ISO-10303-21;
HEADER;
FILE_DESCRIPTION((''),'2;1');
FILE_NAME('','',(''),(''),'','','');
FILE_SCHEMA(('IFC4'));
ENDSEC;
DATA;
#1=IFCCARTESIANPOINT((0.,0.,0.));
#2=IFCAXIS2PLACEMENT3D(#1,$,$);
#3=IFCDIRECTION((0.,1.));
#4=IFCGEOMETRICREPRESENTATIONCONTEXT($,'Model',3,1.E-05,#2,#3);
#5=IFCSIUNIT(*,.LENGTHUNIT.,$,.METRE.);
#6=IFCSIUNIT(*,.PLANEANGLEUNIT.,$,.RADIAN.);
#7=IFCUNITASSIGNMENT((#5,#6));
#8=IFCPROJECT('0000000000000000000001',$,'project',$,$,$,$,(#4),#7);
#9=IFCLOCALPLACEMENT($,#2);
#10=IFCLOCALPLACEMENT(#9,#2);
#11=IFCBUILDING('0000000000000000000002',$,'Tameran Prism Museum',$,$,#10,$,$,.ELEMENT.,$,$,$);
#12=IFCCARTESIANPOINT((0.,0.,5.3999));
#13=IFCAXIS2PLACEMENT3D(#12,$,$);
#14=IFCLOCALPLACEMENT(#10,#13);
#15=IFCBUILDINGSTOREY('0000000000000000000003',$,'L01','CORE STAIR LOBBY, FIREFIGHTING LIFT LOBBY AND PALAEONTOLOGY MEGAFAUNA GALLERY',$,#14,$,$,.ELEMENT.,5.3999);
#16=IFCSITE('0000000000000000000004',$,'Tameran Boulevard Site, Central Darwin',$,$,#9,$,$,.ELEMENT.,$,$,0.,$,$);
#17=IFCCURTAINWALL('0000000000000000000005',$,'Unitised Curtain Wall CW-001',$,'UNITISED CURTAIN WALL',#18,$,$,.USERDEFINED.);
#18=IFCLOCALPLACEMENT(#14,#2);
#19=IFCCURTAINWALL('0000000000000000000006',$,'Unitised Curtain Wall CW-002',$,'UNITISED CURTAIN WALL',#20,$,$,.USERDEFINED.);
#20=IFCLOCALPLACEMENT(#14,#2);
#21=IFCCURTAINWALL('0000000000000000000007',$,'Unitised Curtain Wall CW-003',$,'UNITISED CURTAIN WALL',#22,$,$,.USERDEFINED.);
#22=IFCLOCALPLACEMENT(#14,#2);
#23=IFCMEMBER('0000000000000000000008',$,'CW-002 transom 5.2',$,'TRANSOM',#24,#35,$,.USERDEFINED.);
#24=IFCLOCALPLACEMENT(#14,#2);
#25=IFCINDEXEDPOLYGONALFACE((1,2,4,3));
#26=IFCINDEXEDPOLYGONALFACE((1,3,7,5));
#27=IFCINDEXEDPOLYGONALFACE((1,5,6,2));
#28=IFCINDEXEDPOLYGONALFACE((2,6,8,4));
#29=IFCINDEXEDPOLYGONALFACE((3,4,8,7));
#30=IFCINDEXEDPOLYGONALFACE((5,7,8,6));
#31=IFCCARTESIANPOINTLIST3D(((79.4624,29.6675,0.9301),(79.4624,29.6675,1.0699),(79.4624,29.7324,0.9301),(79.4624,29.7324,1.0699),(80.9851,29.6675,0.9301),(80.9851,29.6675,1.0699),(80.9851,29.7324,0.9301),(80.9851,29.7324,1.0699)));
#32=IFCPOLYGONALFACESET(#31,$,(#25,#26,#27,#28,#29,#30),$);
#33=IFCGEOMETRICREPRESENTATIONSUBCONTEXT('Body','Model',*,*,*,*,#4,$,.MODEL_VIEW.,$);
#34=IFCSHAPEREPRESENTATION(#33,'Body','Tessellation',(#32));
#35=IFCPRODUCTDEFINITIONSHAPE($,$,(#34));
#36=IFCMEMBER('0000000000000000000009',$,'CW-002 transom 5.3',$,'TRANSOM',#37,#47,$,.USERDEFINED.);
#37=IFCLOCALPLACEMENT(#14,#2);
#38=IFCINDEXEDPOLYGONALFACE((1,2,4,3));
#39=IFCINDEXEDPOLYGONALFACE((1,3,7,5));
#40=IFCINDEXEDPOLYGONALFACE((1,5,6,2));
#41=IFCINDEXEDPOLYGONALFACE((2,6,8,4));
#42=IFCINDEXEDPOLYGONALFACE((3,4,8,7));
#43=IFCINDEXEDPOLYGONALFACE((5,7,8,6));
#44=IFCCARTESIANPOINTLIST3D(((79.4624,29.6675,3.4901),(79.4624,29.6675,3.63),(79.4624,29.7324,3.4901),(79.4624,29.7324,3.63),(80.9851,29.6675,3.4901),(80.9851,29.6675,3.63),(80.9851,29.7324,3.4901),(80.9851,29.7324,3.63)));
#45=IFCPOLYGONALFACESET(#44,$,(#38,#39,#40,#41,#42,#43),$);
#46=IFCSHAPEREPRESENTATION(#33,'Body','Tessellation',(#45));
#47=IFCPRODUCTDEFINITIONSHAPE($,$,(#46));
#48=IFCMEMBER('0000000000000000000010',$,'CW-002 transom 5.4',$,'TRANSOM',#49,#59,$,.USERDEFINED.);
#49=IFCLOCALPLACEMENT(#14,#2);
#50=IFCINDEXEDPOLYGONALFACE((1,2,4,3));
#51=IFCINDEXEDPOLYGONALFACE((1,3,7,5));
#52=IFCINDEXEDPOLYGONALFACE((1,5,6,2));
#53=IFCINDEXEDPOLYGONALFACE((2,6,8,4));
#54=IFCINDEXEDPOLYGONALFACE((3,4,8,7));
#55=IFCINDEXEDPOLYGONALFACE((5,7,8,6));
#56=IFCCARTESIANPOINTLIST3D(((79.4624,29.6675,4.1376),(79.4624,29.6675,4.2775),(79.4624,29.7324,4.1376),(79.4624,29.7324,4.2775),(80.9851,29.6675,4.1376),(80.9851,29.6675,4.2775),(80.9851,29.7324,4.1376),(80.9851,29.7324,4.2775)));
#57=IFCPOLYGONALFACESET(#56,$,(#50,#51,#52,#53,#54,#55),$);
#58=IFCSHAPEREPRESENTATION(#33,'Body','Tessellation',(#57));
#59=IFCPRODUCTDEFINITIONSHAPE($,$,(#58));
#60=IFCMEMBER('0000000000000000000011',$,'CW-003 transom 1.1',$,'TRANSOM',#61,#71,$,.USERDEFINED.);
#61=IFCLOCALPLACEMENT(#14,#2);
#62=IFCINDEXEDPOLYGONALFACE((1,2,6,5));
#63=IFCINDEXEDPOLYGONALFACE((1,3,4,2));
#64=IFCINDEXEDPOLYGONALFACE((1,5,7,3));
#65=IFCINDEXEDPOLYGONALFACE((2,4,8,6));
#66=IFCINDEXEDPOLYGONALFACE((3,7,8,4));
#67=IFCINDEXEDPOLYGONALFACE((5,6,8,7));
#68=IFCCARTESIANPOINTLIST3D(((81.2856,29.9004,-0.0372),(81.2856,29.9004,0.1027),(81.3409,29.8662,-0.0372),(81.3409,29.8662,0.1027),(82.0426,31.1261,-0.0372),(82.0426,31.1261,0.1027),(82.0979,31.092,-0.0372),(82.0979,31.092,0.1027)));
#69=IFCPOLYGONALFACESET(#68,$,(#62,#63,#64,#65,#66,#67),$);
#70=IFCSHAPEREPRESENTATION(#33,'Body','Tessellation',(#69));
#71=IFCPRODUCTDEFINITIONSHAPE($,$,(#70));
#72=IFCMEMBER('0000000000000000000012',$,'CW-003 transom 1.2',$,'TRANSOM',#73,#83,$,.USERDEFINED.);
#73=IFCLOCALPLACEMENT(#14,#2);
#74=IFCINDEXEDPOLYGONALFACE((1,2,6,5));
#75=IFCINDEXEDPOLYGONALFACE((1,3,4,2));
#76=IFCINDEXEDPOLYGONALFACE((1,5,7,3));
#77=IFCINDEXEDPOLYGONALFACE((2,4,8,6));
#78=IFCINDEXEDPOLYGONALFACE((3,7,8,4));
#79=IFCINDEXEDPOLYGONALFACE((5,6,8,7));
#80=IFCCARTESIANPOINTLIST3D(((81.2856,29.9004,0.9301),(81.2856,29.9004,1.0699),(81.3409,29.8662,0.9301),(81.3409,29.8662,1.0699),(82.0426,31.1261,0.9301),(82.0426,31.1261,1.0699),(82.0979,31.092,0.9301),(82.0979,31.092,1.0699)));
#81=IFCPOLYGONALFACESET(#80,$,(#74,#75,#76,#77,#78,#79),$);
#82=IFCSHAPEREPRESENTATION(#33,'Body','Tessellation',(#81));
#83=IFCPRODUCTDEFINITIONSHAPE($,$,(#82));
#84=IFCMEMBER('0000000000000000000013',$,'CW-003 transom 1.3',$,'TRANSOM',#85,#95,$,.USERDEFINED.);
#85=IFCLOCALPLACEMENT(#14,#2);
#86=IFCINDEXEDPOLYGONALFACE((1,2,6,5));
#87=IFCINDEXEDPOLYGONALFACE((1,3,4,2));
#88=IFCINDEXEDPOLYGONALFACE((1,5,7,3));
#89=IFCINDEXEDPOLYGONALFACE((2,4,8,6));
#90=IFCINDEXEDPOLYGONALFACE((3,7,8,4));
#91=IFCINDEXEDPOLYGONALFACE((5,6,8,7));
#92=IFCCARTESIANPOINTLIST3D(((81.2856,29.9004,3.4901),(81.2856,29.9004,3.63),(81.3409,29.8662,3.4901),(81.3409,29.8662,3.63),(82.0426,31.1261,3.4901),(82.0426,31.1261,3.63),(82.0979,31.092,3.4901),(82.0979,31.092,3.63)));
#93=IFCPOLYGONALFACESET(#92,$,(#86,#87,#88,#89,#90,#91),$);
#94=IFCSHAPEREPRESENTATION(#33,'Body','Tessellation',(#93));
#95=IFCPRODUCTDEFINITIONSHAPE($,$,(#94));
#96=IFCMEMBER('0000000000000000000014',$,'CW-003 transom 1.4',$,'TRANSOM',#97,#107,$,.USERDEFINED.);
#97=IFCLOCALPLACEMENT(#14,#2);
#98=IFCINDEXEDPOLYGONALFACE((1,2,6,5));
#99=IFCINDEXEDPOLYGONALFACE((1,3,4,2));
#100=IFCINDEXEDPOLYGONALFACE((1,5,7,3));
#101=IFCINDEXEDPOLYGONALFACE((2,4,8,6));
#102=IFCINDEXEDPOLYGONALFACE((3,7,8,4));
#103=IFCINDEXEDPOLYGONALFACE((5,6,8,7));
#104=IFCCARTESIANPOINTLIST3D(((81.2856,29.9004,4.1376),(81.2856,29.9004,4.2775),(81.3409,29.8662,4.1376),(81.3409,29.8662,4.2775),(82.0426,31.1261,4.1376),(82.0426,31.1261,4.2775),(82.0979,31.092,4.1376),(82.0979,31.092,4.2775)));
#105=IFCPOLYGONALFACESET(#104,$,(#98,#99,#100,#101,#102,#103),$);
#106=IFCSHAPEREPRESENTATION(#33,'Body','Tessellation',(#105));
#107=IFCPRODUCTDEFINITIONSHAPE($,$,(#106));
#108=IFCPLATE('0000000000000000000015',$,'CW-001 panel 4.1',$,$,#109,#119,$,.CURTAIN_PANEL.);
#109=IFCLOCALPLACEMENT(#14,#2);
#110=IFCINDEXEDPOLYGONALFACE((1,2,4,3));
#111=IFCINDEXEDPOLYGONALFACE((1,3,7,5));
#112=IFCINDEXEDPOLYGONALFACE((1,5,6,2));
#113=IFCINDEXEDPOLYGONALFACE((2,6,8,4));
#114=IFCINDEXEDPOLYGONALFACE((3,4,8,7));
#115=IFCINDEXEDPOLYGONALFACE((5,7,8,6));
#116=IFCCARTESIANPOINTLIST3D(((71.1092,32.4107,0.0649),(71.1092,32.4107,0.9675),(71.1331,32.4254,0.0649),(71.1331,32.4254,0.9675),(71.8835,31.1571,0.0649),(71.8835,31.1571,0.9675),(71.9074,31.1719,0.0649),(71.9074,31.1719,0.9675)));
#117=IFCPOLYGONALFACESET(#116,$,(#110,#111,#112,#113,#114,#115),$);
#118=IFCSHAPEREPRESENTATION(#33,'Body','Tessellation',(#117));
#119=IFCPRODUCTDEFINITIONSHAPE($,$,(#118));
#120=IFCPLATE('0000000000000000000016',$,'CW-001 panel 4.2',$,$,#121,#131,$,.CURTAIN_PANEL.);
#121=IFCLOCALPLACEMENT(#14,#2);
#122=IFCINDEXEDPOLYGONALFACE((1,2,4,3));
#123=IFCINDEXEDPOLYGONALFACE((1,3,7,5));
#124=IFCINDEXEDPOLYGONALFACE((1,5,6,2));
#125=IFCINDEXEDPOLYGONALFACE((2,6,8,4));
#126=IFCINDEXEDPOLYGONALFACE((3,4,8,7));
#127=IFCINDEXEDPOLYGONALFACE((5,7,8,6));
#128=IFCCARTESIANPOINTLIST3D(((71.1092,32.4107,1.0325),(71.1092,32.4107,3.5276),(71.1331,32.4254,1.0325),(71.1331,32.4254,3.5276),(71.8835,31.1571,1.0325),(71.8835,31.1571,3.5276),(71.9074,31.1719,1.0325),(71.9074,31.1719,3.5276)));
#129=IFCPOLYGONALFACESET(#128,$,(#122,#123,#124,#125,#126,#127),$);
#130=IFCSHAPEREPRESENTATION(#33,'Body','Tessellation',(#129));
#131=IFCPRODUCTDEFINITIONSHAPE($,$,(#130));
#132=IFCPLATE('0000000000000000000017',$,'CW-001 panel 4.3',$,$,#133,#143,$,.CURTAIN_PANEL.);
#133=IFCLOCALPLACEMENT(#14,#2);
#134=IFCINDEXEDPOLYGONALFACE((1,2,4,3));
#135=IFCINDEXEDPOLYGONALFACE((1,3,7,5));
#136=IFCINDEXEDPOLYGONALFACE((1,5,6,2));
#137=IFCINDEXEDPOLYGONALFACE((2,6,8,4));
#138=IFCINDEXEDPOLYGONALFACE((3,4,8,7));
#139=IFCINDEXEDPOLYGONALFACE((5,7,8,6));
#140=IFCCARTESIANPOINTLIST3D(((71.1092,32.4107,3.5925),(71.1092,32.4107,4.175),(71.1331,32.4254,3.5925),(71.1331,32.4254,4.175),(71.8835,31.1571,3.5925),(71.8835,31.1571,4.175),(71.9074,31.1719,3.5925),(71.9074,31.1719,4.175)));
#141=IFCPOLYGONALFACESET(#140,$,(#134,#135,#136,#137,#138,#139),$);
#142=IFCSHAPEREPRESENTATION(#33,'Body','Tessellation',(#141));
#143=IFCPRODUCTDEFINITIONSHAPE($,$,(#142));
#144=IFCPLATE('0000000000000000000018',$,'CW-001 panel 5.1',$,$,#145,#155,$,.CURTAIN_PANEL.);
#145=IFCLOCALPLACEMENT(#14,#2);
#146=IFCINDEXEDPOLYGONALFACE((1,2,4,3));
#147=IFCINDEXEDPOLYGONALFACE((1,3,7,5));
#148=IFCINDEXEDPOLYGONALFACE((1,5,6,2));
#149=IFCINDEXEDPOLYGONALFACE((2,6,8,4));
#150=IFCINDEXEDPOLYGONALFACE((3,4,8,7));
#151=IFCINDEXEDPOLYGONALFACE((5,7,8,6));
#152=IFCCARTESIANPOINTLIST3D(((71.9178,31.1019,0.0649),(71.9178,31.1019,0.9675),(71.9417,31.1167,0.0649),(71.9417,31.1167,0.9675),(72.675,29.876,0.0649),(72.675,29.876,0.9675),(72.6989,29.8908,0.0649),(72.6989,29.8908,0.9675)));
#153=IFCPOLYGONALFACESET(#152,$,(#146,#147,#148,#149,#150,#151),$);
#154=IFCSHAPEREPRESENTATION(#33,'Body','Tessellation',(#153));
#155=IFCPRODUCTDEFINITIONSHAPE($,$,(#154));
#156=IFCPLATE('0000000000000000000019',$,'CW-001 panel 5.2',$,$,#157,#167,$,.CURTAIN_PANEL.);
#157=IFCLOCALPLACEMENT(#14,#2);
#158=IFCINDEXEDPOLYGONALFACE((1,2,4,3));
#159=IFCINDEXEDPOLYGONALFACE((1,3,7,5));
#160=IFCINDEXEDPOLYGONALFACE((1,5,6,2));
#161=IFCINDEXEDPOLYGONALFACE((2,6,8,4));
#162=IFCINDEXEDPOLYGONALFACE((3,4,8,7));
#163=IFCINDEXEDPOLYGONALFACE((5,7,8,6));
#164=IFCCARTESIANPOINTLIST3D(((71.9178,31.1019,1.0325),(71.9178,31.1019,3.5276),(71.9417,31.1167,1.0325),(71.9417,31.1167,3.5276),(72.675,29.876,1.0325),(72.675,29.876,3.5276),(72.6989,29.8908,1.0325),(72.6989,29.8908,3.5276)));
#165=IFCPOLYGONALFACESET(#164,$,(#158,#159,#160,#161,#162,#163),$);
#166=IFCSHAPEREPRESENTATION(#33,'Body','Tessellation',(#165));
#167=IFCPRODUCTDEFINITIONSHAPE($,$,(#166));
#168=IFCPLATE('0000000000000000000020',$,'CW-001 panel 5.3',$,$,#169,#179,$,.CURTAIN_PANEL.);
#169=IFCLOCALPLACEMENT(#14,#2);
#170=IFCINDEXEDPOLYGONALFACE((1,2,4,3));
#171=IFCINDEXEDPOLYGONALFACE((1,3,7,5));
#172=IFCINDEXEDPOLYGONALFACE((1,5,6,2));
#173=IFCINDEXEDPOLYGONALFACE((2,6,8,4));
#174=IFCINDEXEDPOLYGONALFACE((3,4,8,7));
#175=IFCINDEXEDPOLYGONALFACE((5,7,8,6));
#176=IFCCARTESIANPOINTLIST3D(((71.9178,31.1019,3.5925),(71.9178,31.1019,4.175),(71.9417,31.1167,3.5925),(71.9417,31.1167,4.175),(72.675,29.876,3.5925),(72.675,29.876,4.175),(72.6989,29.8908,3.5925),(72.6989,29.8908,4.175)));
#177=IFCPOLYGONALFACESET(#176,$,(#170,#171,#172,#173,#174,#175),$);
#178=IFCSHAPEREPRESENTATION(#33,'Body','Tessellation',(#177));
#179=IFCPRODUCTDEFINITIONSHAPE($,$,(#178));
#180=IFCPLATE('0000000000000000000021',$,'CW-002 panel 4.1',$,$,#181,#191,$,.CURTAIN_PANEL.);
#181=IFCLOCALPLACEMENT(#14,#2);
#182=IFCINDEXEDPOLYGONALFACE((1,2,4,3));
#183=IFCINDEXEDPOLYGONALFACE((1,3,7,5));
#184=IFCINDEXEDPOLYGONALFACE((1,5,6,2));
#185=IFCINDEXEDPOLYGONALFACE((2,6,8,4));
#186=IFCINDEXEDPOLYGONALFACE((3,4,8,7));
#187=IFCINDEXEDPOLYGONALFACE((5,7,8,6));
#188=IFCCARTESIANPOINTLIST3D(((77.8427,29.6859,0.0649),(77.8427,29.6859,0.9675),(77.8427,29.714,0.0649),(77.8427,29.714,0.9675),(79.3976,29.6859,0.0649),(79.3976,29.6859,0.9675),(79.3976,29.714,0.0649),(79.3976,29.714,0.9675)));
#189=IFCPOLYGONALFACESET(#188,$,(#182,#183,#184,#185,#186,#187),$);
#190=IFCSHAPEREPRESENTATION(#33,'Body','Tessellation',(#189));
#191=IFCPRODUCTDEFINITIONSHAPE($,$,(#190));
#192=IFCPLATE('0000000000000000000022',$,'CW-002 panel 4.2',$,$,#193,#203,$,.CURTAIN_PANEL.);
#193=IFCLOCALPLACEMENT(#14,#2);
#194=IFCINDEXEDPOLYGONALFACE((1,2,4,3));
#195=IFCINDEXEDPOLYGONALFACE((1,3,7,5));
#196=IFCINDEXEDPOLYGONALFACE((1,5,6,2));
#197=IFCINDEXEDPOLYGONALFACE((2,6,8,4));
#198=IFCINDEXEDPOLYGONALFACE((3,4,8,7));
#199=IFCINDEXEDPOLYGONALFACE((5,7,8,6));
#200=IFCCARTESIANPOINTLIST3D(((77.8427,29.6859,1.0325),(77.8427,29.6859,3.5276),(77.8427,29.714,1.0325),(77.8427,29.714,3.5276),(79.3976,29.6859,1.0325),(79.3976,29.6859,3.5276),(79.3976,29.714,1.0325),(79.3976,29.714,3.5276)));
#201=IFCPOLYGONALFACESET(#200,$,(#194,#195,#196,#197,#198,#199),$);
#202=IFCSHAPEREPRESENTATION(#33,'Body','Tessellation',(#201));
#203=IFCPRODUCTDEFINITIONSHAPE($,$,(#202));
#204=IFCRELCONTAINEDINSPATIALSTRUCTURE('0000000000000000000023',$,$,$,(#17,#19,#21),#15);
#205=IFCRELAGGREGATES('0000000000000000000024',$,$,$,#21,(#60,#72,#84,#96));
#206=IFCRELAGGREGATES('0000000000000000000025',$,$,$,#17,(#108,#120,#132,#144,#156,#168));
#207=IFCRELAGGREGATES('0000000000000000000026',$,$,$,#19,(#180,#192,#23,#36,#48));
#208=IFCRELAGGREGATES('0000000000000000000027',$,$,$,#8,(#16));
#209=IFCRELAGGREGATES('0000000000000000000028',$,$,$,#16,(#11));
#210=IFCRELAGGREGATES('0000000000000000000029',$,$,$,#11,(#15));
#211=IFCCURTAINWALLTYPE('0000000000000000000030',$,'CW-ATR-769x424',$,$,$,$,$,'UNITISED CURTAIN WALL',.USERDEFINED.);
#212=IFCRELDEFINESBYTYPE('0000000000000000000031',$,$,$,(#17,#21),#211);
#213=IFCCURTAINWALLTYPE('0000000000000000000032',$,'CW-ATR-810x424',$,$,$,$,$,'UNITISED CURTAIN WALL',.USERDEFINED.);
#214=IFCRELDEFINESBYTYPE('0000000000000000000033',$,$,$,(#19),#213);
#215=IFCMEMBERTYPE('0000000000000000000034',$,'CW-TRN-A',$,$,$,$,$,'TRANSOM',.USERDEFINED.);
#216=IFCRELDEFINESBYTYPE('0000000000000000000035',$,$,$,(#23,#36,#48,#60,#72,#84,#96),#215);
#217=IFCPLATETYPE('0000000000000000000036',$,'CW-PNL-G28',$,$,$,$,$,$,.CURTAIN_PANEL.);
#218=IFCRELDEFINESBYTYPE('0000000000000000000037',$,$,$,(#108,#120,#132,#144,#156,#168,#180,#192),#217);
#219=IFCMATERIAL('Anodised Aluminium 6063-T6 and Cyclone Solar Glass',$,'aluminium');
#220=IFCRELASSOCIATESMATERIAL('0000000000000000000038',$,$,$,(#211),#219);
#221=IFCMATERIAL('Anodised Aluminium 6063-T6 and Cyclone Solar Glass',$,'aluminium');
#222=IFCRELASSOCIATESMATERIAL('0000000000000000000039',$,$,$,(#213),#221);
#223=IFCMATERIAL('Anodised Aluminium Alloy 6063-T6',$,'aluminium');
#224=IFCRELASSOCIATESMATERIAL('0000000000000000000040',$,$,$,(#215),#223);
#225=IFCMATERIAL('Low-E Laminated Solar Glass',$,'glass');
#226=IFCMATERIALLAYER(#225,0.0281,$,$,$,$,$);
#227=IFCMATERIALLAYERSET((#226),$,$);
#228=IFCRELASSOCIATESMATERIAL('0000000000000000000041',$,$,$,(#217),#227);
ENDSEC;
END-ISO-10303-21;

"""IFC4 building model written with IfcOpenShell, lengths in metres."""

from ifc_helpers import new_model, si_unit, direction, frame, origin, origin_2d, place, context, subcontext, project, spatial, rectangle, extrude, material, layer, layer_set, material_profile, profile_set, type_object, element, aggregate, save


model = new_model("IFC4")

# Units and contexts
model_context = context("Model", 3, precision=1e-05, world=origin(), true_north=direction((0.0, 1.0)))
body_context = subcontext(model_context, "Body", "Model", "MODEL_VIEW")
ifc_project = project(units=[si_unit("LENGTHUNIT", "METRE"), si_unit("PLANEANGLEUNIT", "RADIAN")], contexts=[model_context])

# Site, building, storey
site_placement = place(None, origin())
site = spatial("IfcSite", under=ifc_project, at=site_placement, Name="Tameran Boulevard Site, Central Darwin", CompositionType="ELEMENT", RefElevation=0.0)
building_placement = place(site_placement, origin())
building = spatial("IfcBuilding", under=site, at=building_placement, Name="Tameran Prism Museum", CompositionType="ELEMENT")
storey_placement = place(building_placement, frame((0.0, 0.0, 5.3999)))
storey = spatial("IfcBuildingStorey", under=building, at=storey_placement, Name="L01", Description="CORE STAIR LOBBY, FIREFIGHTING LIFT LOBBY AND PALAEONTOLOGY MEGAFAUNA GALLERY", CompositionType="ELEMENT", Elevation=5.3999)

# Curtain walls
ifc_material_1 = material(Name="Anodised Aluminium 6063-T6 and Cyclone Solar Glass", Category="aluminium")
curtain_wall_type_1 = type_object("IfcCurtainWallType", Name="CW-ATR-769x424", ElementType="UNITISED CURTAIN WALL", PredefinedType="USERDEFINED", material=ifc_material_1)
curtain_wall_1_placement = place(storey_placement, origin())
curtain_wall_1 = element("IfcCurtainWall", 1, at=curtain_wall_1_placement, inside=storey, type_object=curtain_wall_type_1, Name="Unitised Curtain Wall CW-001", ObjectType="UNITISED CURTAIN WALL", PredefinedType="USERDEFINED")
ifc_material_2 = material(Name="Anodised Aluminium 6063-T6 and Cyclone Solar Glass", Category="aluminium")
curtain_wall_type_2 = type_object("IfcCurtainWallType", Name="CW-ATR-810x424", ElementType="UNITISED CURTAIN WALL", PredefinedType="USERDEFINED", material=ifc_material_2)
curtain_wall_2_placement = place(storey_placement, origin())
curtain_wall_2 = element("IfcCurtainWall", 2, at=curtain_wall_2_placement, inside=storey, type_object=curtain_wall_type_2, Name="Unitised Curtain Wall CW-002", ObjectType="UNITISED CURTAIN WALL", PredefinedType="USERDEFINED")

# Curtain wall
curtain_wall_3_placement = place(storey_placement, origin())
curtain_wall_3 = element("IfcCurtainWall", 3, at=curtain_wall_3_placement, inside=storey, type_object=curtain_wall_type_1, Name="Unitised Curtain Wall CW-003", ObjectType="UNITISED CURTAIN WALL", PredefinedType="USERDEFINED")

# Members
ifc_material_3 = material(Name="Anodised Aluminium Alloy 6063-T6", Category="aluminium")
ifc_material_profile_1 = material_profile(ifc_material_3, rectangle(XDim=0.0649, YDim=0.1399, at=origin_2d()))
ifc_profile_set_1 = profile_set([ifc_material_profile_1])
member_type_1 = type_object("IfcMemberType", Name="CW-TRN-A", ElementType="TRANSOM", PredefinedType="USERDEFINED", material=ifc_profile_set_1)
member_1_placement = place(storey_placement, frame((79.4624, 29.7, 1.0), z_axis=(1.0, 0.0, 0.0), x_axis=(0.0, 1.0, 0.0)))
member_1 = element("IfcMember", 4, at=member_1_placement, type_object=member_type_1, Name="CW-002 transom 5.2", ObjectType="TRANSOM", PredefinedType="USERDEFINED", context=body_context, shape_type="SweptSolid", body=[
    extrude(rectangle(XDim=0.0649, YDim=0.1399, at=origin_2d()), origin(), (0.0, 0.0, 1.0), 1.5227),
])
member_2_placement = place(storey_placement, frame((79.4624, 29.7, 3.5601), z_axis=(1.0, 0.0, 0.0), x_axis=(0.0, 1.0, 0.0)))
member_2 = element("IfcMember", 5, at=member_2_placement, type_object=member_type_1, Name="CW-002 transom 5.3", ObjectType="TRANSOM", PredefinedType="USERDEFINED", context=body_context, shape_type="SweptSolid", body=[
    extrude(rectangle(XDim=0.0649, YDim=0.1399, at=origin_2d()), origin(), (0.0, 0.0, 1.0), 1.5227),
])
member_3_placement = place(storey_placement, frame((79.4624, 29.7, 4.2075), z_axis=(1.0, 0.0, 0.0), x_axis=(0.0, 1.0, 0.0)))
member_3 = element("IfcMember", 6, at=member_3_placement, type_object=member_type_1, Name="CW-002 transom 5.4", ObjectType="TRANSOM", PredefinedType="USERDEFINED", context=body_context, shape_type="SweptSolid", body=[
    extrude(rectangle(XDim=0.0649, YDim=0.1399, at=origin_2d()), origin(), (0.0, 0.0, 1.0), 1.5227),
])
member_4_placement = place(storey_placement, frame((81.3132, 29.8833, 0.0327), z_axis=(0.525468, 0.850814, 0.0), x_axis=(-0.850814, 0.525468, 0.0)))
member_4 = element("IfcMember", 7, at=member_4_placement, type_object=member_type_1, Name="CW-003 transom 1.1", ObjectType="TRANSOM", PredefinedType="USERDEFINED", context=body_context, shape_type="SweptSolid", body=[
    extrude(rectangle(XDim=0.0649, YDim=0.1399, at=origin_2d()), origin(), (0.0, 0.0, 1.0), 1.4407),
])
member_5_placement = place(storey_placement, frame((81.3132, 29.8833, 1.0), z_axis=(0.525468, 0.850814, 0.0), x_axis=(-0.850814, 0.525468, 0.0)))
member_5 = element("IfcMember", 8, at=member_5_placement, type_object=member_type_1, Name="CW-003 transom 1.2", ObjectType="TRANSOM", PredefinedType="USERDEFINED", context=body_context, shape_type="SweptSolid", body=[
    extrude(rectangle(XDim=0.0649, YDim=0.1399, at=origin_2d()), origin(), (0.0, 0.0, 1.0), 1.4407),
])
member_6_placement = place(storey_placement, frame((81.3132, 29.8833, 3.5601), z_axis=(0.525468, 0.850814, 0.0), x_axis=(-0.850814, 0.525468, 0.0)))
member_6 = element("IfcMember", 9, at=member_6_placement, type_object=member_type_1, Name="CW-003 transom 1.3", ObjectType="TRANSOM", PredefinedType="USERDEFINED", context=body_context, shape_type="SweptSolid", body=[
    extrude(rectangle(XDim=0.0649, YDim=0.1399, at=origin_2d()), origin(), (0.0, 0.0, 1.0), 1.4407),
])
member_7_placement = place(storey_placement, frame((81.3132, 29.8833, 4.2075), z_axis=(0.525468, 0.850814, 0.0), x_axis=(-0.850814, 0.525468, 0.0)))
member_7 = element("IfcMember", 10, at=member_7_placement, type_object=member_type_1, Name="CW-003 transom 1.4", ObjectType="TRANSOM", PredefinedType="USERDEFINED", context=body_context, shape_type="SweptSolid", body=[
    extrude(rectangle(XDim=0.0649, YDim=0.1399, at=origin_2d()), origin(), (0.0, 0.0, 1.0), 1.4407),
])
aggregate(curtain_wall_3, [member_4, member_5, member_6, member_7])

# Plates
ifc_material_4 = material(Name="Low-E Laminated Solar Glass", Category="glass")
ifc_layer = layer(ifc_material_4, 0.0281)
ifc_layer_set = layer_set([ifc_layer])
plate_type = type_object("IfcPlateType", Name="CW-PNL-G28", PredefinedType="CURTAIN_PANEL", material=ifc_layer_set)
plate_1_placement = place(storey_placement, frame((71.5083, 31.7913, 0.0649), z_axis=(0.0, 0.0, 1.0), x_axis=(0.525504, -0.850791, 0.0)))
plate_1 = element("IfcPlate", 11, at=plate_1_placement, type_object=plate_type, Name="CW-001 panel 4.1", PredefinedType="CURTAIN_PANEL", context=body_context, shape_type="SweptSolid", body=[
    extrude(rectangle(XDim=1.4734, YDim=0.0281, at=origin_2d()), origin(), (0.0, 0.0, 1.0), 0.9026),
])
plate_2_placement = place(storey_placement, frame((71.5083, 31.7913, 1.0325), z_axis=(0.0, 0.0, 1.0), x_axis=(0.525504, -0.850791, 0.0)))
plate_2 = element("IfcPlate", 12, at=plate_2_placement, type_object=plate_type, Name="CW-001 panel 4.2", PredefinedType="CURTAIN_PANEL", context=body_context, shape_type="SweptSolid", body=[
    extrude(rectangle(XDim=1.4734, YDim=0.0281, at=origin_2d()), origin(), (0.0, 0.0, 1.0), 2.4951),
])
plate_3_placement = place(storey_placement, frame((71.5083, 31.7913, 3.5925), z_axis=(0.0, 0.0, 1.0), x_axis=(0.525504, -0.850791, 0.0)))
plate_3 = element("IfcPlate", 13, at=plate_3_placement, type_object=plate_type, Name="CW-001 panel 4.3", PredefinedType="CURTAIN_PANEL", context=body_context, shape_type="SweptSolid", body=[
    extrude(rectangle(XDim=1.4734, YDim=0.0281, at=origin_2d()), origin(), (0.0, 0.0, 1.0), 0.5825),
])
plate_4_placement = place(storey_placement, frame((72.3083, 30.4963, 0.0649), z_axis=(0.0, 0.0, 1.0), x_axis=(0.525504, -0.850791, 0.0)))
plate_4 = element("IfcPlate", 14, at=plate_4_placement, type_object=plate_type, Name="CW-001 panel 5.1", PredefinedType="CURTAIN_PANEL", context=body_context, shape_type="SweptSolid", body=[
    extrude(rectangle(XDim=1.4409, YDim=0.0281, at=origin_2d()), origin(), (0.0, 0.0, 1.0), 0.9026),
])
plate_5_placement = place(storey_placement, frame((72.3083, 30.4963, 1.0325), z_axis=(0.0, 0.0, 1.0), x_axis=(0.525504, -0.850791, 0.0)))
plate_5 = element("IfcPlate", 15, at=plate_5_placement, type_object=plate_type, Name="CW-001 panel 5.2", PredefinedType="CURTAIN_PANEL", context=body_context, shape_type="SweptSolid", body=[
    extrude(rectangle(XDim=1.4409, YDim=0.0281, at=origin_2d()), origin(), (0.0, 0.0, 1.0), 2.4951),
])
plate_6_placement = place(storey_placement, frame((72.3083, 30.4963, 3.5925), z_axis=(0.0, 0.0, 1.0), x_axis=(0.525504, -0.850791, 0.0)))
plate_6 = element("IfcPlate", 16, at=plate_6_placement, type_object=plate_type, Name="CW-001 panel 5.3", PredefinedType="CURTAIN_PANEL", context=body_context, shape_type="SweptSolid", body=[
    extrude(rectangle(XDim=1.4409, YDim=0.0281, at=origin_2d()), origin(), (0.0, 0.0, 1.0), 0.5825),
])
aggregate(curtain_wall_1, [plate_1, plate_2, plate_3, plate_4, plate_5, plate_6])
plate_7_placement = place(storey_placement, frame((78.6201, 29.7, 0.0649), z_axis=(0.0, 0.0, 1.0), x_axis=(1.0, 0.0, 0.0)))
plate_7 = element("IfcPlate", 17, at=plate_7_placement, type_object=plate_type, Name="CW-002 panel 4.1", PredefinedType="CURTAIN_PANEL", context=body_context, shape_type="SweptSolid", body=[
    extrude(rectangle(XDim=1.5549, YDim=0.0281, at=origin_2d()), origin(), (0.0, 0.0, 1.0), 0.9026),
])
plate_8_placement = place(storey_placement, frame((78.6201, 29.7, 1.0325), z_axis=(0.0, 0.0, 1.0), x_axis=(1.0, 0.0, 0.0)))
plate_8 = element("IfcPlate", 18, at=plate_8_placement, type_object=plate_type, Name="CW-002 panel 4.2", PredefinedType="CURTAIN_PANEL", context=body_context, shape_type="SweptSolid", body=[
    extrude(rectangle(XDim=1.5549, YDim=0.0281, at=origin_2d()), origin(), (0.0, 0.0, 1.0), 2.4951),
])
aggregate(curtain_wall_2, [plate_7, plate_8, member_1, member_2, member_3])

save(model, "model.ifc")
